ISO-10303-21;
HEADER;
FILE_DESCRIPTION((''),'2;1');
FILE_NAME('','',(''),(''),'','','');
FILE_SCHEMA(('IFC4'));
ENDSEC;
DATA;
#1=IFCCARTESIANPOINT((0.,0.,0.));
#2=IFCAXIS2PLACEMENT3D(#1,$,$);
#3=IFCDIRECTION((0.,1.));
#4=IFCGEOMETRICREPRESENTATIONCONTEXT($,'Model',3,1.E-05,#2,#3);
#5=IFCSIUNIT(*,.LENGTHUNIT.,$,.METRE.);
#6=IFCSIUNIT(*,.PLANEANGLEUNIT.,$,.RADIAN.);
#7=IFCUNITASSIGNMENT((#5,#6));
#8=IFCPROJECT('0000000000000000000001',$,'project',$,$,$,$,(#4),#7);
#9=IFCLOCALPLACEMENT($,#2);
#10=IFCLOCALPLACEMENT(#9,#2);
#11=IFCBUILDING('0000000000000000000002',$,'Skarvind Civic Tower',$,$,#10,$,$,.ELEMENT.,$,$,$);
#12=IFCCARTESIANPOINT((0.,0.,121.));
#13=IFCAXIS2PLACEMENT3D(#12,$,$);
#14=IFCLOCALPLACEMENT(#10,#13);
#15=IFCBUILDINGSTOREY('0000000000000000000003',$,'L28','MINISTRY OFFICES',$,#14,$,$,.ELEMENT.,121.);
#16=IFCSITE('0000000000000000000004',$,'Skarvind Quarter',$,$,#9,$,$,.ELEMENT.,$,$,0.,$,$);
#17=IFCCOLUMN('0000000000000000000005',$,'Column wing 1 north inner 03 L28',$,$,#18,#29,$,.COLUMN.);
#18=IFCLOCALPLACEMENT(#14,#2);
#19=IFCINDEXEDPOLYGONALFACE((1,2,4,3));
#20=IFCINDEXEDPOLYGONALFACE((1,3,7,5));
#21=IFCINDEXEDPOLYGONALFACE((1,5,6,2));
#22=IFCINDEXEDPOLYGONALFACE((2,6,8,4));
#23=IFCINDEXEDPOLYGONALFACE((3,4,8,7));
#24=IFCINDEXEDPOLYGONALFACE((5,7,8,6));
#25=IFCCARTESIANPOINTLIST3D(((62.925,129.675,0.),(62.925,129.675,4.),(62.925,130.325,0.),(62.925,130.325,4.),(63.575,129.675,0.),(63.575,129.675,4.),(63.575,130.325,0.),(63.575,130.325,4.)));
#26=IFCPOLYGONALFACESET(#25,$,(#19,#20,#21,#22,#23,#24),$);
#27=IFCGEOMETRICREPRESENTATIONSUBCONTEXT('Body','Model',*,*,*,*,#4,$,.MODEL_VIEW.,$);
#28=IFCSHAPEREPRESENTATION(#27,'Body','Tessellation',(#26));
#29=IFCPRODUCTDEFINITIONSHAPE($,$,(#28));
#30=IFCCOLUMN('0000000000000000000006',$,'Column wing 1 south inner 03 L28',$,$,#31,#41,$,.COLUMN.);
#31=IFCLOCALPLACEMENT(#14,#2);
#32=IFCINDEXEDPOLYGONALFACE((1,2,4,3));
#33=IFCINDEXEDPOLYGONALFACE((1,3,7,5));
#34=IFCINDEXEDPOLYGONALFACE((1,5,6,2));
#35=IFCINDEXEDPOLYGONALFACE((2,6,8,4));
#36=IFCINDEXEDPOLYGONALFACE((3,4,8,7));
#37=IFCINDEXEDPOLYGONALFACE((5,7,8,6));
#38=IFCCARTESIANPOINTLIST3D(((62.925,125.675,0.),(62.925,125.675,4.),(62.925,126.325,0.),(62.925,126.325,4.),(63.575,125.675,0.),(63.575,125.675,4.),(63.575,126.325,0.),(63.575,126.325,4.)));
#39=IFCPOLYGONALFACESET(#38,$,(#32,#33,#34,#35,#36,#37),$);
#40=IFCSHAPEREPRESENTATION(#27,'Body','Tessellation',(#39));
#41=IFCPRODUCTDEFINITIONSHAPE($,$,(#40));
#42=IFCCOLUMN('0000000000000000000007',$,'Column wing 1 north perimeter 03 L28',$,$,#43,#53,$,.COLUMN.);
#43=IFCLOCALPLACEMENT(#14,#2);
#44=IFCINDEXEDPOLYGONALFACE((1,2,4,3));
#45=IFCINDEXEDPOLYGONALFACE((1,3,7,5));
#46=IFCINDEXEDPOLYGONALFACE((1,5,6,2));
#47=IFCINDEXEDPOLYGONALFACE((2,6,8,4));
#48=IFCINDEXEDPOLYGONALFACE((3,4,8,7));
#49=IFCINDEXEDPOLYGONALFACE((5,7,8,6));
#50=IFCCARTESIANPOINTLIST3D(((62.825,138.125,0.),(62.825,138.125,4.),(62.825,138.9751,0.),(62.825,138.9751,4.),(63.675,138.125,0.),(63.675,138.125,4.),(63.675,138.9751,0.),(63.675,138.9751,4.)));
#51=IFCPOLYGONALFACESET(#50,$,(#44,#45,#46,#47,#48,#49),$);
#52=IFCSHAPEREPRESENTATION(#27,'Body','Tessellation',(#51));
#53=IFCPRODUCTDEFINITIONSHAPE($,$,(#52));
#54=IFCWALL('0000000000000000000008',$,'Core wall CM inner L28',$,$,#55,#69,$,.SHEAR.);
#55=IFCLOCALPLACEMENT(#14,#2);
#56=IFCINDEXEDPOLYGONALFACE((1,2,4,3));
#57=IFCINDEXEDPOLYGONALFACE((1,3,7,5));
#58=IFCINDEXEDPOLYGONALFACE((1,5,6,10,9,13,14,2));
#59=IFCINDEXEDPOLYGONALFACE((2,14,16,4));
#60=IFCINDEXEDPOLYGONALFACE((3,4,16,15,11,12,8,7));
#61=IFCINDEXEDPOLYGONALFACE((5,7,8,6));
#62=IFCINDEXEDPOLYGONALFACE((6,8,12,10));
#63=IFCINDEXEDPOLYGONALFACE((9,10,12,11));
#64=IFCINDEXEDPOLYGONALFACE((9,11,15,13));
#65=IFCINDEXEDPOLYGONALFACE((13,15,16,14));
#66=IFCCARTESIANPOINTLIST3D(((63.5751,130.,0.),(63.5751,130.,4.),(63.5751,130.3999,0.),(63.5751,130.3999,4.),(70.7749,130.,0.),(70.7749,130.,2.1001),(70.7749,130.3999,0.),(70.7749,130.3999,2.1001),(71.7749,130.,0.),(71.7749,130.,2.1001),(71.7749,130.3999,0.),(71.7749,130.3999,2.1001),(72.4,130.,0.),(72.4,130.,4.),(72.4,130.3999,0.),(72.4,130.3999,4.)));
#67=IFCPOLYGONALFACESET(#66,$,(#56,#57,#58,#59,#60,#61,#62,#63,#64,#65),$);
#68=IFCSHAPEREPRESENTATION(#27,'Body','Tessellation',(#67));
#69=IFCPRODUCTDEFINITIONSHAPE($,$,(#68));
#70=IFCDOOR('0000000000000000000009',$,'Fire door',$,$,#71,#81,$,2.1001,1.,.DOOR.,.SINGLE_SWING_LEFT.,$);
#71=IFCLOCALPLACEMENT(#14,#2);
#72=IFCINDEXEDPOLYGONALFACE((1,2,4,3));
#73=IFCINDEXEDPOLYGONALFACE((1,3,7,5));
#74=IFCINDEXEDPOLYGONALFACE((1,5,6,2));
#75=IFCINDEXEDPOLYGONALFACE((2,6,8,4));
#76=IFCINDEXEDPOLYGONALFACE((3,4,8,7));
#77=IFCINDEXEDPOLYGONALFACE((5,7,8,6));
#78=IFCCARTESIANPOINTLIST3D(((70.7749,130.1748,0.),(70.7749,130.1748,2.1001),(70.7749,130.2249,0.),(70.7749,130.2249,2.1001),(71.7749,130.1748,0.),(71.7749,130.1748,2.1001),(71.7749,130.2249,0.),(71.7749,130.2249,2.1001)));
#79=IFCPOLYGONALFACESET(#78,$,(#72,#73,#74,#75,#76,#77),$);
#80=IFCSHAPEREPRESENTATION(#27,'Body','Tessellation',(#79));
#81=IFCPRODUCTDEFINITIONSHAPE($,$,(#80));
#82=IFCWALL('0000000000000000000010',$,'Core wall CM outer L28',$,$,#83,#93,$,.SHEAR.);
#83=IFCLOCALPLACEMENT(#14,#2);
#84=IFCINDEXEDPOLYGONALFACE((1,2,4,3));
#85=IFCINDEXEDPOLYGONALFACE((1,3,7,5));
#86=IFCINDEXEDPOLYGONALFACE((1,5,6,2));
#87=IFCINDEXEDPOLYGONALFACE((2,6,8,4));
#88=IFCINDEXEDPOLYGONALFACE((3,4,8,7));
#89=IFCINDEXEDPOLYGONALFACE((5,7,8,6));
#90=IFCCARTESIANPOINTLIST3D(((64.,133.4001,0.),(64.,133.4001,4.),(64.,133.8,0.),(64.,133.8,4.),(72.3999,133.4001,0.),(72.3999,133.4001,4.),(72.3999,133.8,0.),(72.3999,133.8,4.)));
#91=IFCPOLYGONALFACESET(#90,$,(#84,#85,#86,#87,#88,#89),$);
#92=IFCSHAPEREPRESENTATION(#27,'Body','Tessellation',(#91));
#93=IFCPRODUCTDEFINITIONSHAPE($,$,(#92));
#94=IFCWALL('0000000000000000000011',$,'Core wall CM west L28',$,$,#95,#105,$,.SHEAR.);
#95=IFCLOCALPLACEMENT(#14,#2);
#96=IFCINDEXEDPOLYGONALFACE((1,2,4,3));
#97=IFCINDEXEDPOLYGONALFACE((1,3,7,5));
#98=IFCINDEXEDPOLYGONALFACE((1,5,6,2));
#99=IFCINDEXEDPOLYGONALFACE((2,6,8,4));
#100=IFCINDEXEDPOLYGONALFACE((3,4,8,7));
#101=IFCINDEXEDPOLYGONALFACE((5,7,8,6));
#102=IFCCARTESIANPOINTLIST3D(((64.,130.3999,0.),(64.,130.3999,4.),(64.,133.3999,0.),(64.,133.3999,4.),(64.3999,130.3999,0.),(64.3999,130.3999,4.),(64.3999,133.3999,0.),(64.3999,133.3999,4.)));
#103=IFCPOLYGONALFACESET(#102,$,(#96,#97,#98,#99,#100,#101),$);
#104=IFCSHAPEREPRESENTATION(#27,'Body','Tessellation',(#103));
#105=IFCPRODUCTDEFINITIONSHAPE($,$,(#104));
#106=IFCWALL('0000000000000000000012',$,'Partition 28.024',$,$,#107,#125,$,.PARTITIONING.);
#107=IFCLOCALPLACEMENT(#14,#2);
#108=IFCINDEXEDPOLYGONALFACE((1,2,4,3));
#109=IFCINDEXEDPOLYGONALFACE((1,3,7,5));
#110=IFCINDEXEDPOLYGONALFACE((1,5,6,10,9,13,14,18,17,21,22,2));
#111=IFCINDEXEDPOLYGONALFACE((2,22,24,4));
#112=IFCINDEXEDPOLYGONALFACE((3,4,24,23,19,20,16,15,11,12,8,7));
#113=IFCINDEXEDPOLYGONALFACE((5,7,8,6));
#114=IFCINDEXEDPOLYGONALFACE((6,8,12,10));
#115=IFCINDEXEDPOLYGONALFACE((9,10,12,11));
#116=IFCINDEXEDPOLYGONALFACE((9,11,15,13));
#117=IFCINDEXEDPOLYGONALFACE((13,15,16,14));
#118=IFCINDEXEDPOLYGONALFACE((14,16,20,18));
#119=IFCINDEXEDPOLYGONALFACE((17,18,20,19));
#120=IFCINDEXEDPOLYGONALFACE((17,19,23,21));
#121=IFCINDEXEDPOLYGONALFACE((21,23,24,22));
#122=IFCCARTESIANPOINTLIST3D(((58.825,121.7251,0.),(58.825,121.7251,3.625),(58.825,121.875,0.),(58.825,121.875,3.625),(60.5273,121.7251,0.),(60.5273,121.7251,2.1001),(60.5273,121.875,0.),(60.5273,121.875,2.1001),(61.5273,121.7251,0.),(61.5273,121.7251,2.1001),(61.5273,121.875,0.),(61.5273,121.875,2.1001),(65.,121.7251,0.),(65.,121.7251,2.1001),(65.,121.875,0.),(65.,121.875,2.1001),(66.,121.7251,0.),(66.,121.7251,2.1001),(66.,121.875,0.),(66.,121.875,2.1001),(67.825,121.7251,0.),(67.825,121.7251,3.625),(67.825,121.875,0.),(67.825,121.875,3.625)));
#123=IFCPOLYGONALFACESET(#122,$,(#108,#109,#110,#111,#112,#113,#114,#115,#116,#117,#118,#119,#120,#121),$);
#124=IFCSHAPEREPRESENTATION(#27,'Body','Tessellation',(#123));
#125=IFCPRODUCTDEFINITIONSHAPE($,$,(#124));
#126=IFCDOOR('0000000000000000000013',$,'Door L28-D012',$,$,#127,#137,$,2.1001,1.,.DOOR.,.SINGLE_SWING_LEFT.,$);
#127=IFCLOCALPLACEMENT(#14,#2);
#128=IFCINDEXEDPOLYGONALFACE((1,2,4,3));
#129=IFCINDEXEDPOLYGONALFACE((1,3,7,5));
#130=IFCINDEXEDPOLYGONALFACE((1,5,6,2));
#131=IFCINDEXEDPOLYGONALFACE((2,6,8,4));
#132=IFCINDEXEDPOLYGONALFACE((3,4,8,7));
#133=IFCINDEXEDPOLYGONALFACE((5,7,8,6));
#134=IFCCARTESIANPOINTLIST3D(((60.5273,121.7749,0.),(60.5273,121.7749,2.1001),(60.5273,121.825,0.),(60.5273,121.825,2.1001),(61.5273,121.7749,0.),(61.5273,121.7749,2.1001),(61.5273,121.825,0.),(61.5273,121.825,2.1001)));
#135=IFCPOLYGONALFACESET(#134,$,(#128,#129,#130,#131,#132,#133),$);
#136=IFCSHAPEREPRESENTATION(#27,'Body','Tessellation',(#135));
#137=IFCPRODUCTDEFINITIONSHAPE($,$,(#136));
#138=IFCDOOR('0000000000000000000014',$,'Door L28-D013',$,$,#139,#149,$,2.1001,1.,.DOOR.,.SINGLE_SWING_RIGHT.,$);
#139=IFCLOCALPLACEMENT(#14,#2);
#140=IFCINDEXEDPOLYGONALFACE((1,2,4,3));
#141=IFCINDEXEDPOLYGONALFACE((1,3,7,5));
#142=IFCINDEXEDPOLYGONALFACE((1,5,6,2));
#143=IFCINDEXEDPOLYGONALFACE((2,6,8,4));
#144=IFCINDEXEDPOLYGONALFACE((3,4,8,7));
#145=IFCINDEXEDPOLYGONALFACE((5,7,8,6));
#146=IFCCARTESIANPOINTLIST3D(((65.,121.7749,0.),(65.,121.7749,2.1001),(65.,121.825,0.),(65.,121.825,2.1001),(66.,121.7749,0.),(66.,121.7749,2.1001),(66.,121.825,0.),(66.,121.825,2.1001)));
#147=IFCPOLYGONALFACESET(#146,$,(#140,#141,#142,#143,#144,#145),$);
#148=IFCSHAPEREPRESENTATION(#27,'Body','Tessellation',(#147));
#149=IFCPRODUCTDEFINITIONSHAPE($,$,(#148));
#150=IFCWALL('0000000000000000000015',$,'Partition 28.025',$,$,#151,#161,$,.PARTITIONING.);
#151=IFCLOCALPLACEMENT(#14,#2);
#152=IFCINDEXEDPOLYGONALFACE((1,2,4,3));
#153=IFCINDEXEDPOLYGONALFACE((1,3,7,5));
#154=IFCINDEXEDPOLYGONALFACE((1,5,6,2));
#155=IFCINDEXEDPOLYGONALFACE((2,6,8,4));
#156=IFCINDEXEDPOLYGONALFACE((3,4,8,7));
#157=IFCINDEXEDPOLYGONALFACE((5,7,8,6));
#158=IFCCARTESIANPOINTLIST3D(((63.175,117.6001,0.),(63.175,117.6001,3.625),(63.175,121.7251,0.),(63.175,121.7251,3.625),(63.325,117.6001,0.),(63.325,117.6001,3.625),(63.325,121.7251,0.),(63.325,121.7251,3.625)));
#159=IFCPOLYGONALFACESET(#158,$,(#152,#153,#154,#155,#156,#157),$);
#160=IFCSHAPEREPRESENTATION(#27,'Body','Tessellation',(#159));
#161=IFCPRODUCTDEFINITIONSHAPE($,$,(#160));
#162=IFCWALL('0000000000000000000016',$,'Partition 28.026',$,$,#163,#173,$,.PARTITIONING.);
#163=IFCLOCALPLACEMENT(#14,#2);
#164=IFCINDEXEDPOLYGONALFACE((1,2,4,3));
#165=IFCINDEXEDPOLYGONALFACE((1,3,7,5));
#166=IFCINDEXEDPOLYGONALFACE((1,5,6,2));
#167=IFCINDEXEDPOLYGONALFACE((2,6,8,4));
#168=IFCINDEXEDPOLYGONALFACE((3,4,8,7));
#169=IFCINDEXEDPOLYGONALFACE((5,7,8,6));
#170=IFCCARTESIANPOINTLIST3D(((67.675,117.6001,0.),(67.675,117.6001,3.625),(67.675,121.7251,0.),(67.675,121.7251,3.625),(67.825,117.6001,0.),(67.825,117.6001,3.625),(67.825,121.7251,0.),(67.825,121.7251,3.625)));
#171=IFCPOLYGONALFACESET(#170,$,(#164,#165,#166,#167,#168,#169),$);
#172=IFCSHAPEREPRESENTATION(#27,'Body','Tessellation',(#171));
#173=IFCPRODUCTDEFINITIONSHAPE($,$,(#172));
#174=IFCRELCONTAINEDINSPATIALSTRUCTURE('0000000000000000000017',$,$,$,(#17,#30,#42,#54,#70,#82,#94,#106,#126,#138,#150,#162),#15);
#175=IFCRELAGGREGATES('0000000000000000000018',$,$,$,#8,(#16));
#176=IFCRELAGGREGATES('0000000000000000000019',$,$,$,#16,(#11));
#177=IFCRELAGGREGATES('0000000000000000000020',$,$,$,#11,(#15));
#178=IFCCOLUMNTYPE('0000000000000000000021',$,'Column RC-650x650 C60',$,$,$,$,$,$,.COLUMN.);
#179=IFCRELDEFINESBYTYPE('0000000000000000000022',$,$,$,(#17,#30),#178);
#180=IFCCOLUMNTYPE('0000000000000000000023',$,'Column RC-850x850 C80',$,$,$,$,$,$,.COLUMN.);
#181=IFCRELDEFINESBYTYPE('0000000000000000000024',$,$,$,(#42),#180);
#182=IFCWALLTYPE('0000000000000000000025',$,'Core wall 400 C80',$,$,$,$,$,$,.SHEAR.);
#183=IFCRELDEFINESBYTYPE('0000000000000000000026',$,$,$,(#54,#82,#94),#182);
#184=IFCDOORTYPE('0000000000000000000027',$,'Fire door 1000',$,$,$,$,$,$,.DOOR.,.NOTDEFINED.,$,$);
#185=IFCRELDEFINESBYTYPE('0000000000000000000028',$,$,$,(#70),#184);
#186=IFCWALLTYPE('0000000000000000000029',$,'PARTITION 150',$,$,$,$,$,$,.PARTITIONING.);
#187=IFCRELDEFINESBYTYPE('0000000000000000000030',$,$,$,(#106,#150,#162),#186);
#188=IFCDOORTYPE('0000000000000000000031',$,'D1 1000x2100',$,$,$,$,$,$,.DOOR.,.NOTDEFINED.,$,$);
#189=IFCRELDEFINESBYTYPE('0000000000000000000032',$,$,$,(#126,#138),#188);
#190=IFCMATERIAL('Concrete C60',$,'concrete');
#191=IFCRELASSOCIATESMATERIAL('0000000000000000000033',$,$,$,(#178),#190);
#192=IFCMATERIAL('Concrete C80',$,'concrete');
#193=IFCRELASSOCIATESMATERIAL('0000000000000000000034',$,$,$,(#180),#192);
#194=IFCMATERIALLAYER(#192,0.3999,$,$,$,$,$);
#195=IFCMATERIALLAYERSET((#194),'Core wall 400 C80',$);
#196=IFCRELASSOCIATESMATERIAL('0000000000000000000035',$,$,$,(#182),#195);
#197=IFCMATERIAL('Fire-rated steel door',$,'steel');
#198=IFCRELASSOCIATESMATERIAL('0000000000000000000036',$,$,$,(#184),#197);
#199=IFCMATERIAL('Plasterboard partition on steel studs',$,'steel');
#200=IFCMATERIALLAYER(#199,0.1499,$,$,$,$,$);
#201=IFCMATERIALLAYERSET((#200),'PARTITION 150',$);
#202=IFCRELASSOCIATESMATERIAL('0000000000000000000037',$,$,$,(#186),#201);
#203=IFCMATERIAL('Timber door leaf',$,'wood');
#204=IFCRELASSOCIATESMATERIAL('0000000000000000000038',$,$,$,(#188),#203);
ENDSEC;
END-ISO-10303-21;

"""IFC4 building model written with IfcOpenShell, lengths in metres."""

from ifc_helpers import new_model, si_unit, direction, frame, frame_2d, origin, origin_2d, place, context, subcontext, project, spatial, rectangle, extrude, material, layer, layer_set, material_profile, profile_set, type_object, element, fill, save


model = new_model("IFC4")

# Units and contexts
model_context = context("Model", 3, precision=1e-05, world=origin(), true_north=direction((0.0, 1.0)))
body_context = subcontext(model_context, "Body", "Model", "MODEL_VIEW")
ifc_project = project(units=[si_unit("LENGTHUNIT", "METRE"), si_unit("PLANEANGLEUNIT", "RADIAN")], contexts=[model_context])

# Site, building, storey
site_placement = place(None, origin())
site = spatial("IfcSite", under=ifc_project, at=site_placement, Name="Skarvind Quarter", CompositionType="ELEMENT", RefElevation=0.0)
building_placement = place(site_placement, origin())
building = spatial("IfcBuilding", under=site, at=building_placement, Name="Skarvind Civic Tower", CompositionType="ELEMENT")
storey_placement = place(building_placement, frame((0.0, 0.0, 121.0)))
storey = spatial("IfcBuildingStorey", under=building, at=storey_placement, Name="L28", Description="MINISTRY OFFICES", CompositionType="ELEMENT", Elevation=121.0)

# Columns
ifc_material_1 = material(Name="Concrete C60", Category="concrete")
ifc_material_profile_1 = material_profile(ifc_material_1, rectangle(XDim=0.6499, YDim=0.6499, at=origin_2d()), Name="RC-650x650")
ifc_profile_set_1 = profile_set([ifc_material_profile_1], Name="Concrete C60")
column_type_1 = type_object("IfcColumnType", Name="Column RC-650x650 C60", PredefinedType="COLUMN", material=ifc_profile_set_1)
for number, where, z_axis, x_axis, name in (
    (1, (63.25, 130.0, 0.0), (0.0, 0.0, 1.0), (1.0, 0.0, 0.0), "Column wing 1 north inner 03 L28"),
    (2, (63.25, 126.0, 0.0), (0.0, 0.0, 1.0), (1.0, 0.0, 0.0), "Column wing 1 south inner 03 L28"),
):
    element("IfcColumn", number, at=place(storey_placement, frame(where, z_axis=z_axis, x_axis=x_axis)), inside=storey, type_object=column_type_1, Name=name, PredefinedType="COLUMN", context=body_context, shape_type="SweptSolid", body=[
        extrude(rectangle(XDim=0.6499, YDim=0.6499, at=origin_2d()), origin(), (0.0, 0.0, 1.0), 4.0),
    ])
ifc_material_2 = material(Name="Concrete C80", Category="concrete")
ifc_material_profile_2 = material_profile(ifc_material_2, rectangle(XDim=0.8501, YDim=0.8501, at=origin_2d()), Name="RC-850x850")
ifc_profile_set_2 = profile_set([ifc_material_profile_2], Name="Concrete C80")
column_type_2 = type_object("IfcColumnType", Name="Column RC-850x850 C80", PredefinedType="COLUMN", material=ifc_profile_set_2)
column_placement = place(storey_placement, frame((63.25, 138.55, 0.0), z_axis=(0.0, 0.0, 1.0), x_axis=(1.0, 0.0, 0.0)))
element("IfcColumn", 3, at=column_placement, inside=storey, type_object=column_type_2, Name="Column wing 1 north perimeter 03 L28", PredefinedType="COLUMN", context=body_context, shape_type="SweptSolid", body=[
    extrude(rectangle(XDim=0.8501, YDim=0.8501, at=origin_2d()), origin(), (0.0, 0.0, 1.0), 4.0),
])

# Wall, opening, door
ifc_layer_1 = layer(ifc_material_2, 0.3999)
ifc_layer_set_1 = layer_set([ifc_layer_1], Name="Core wall 400 C80")
wall_type_1 = type_object("IfcWallType", Name="Core wall 400 C80", PredefinedType="SHEAR", material=ifc_layer_set_1)
wall_1_placement = place(storey_placement, frame((63.575, 130.2, 0.0), z_axis=(0.0, 0.0, 1.0), x_axis=(1.0, 0.0, 0.0)))
wall_1 = element("IfcWall", 4, at=wall_1_placement, inside=storey, type_object=wall_type_1, Name="Core wall CM inner L28", PredefinedType="SHEAR", context=body_context, shape_type="SweptSolid", body=[
    extrude(rectangle(XDim=8.825, YDim=0.3999, at=frame_2d((4.4126, 0.0))), origin(), (0.0, 0.0, 1.0), 4.0),
])
opening_1_placement = place(wall_1_placement, frame((7.2, 0.0, 0.0)))
opening_1 = element("IfcOpeningElement", 5, at=opening_1_placement, cuts=wall_1, PredefinedType="OPENING", context=body_context, shape_type="SweptSolid", body=[
    extrude(rectangle(XDim=1.0, YDim=2.1001, at=frame_2d((0.5, 1.05))), frame((0.0, 0.21, 0.0), z_axis=(0.0, -1.0, 0.0), x_axis=(1.0, 0.0, 0.0)), (0.0, 0.0, 1.0), 0.4199),
])
ifc_material_3 = material(Name="Fire-rated steel door", Category="steel")
door_type_1 = type_object("IfcDoorType", Name="Fire door 1000", OperationType="NOTDEFINED", PredefinedType="DOOR", material=ifc_material_3)
door_1_placement = place(opening_1_placement, origin())
door_1 = element("IfcDoor", 6, at=door_1_placement, inside=storey, type_object=door_type_1, Name="Fire door", OperationType="SINGLE_SWING_LEFT", OverallHeight=2.1001, OverallWidth=1.0, PredefinedType="DOOR", context=body_context, shape_type="SweptSolid", body=[
    extrude(rectangle(XDim=1.0, YDim=2.1001, at=frame_2d((0.5, 1.05))), frame((0.0, 0.0249, 0.0), z_axis=(0.0, -1.0, 0.0), x_axis=(1.0, 0.0, 0.0)), (0.0, 0.0, 1.0), 0.05),
])
fill(opening_1, door_1)

# Walls
wall_2_placement = place(storey_placement, frame((64.0, 133.6001, 0.0), z_axis=(0.0, 0.0, 1.0), x_axis=(1.0, 0.0, 0.0)))
element("IfcWall", 7, at=wall_2_placement, inside=storey, type_object=wall_type_1, Name="Core wall CM outer L28", PredefinedType="SHEAR", context=body_context, shape_type="SweptSolid", body=[
    extrude(rectangle(XDim=8.3999, YDim=0.3999, at=frame_2d((4.2, 0.0))), origin(), (0.0, 0.0, 1.0), 4.0),
])
wall_3_placement = place(storey_placement, frame((64.2, 130.3999, 0.0), z_axis=(0.0, 0.0, 1.0), x_axis=(0.0, 1.0, 0.0)))
element("IfcWall", 8, at=wall_3_placement, inside=storey, type_object=wall_type_1, Name="Core wall CM west L28", PredefinedType="SHEAR", context=body_context, shape_type="SweptSolid", body=[
    extrude(rectangle(XDim=3.0, YDim=0.3999, at=frame_2d((1.5, 0.0))), origin(), (0.0, 0.0, 1.0), 4.0),
])

# Wall, openings, doors
ifc_material_4 = material(Name="Plasterboard partition on steel studs", Category="steel")
ifc_layer_2 = layer(ifc_material_4, 0.1499)
ifc_layer_set_2 = layer_set([ifc_layer_2], Name="PARTITION 150")
wall_type_2 = type_object("IfcWallType", Name="PARTITION 150", PredefinedType="PARTITIONING", material=ifc_layer_set_2)
wall_4_placement = place(storey_placement, frame((58.825, 121.8, 0.0), z_axis=(0.0, 0.0, 1.0), x_axis=(1.0, 0.0, 0.0)))
wall_4 = element("IfcWall", 9, at=wall_4_placement, inside=storey, type_object=wall_type_2, Name="Partition 28.024", PredefinedType="PARTITIONING", context=body_context, shape_type="SweptSolid", body=[
    extrude(rectangle(XDim=9.0, YDim=0.1499, at=frame_2d((4.5, 0.0))), origin(), (0.0, 0.0, 1.0), 3.625),
])
opening_2_placement = place(wall_4_placement, frame((1.7024, 0.0, 0.0)))
opening_2 = element("IfcOpeningElement", 10, at=opening_2_placement, cuts=wall_4, PredefinedType="OPENING", context=body_context, shape_type="SweptSolid", body=[
    extrude(rectangle(XDim=1.0, YDim=2.1001, at=frame_2d((0.5, 1.05))), frame((0.0, 0.085, 0.0), z_axis=(0.0, -1.0, 0.0), x_axis=(1.0, 0.0, 0.0)), (0.0, 0.0, 1.0), 0.1699),
])
opening_3_placement = place(wall_4_placement, frame((6.175, 0.0, 0.0)))
opening_3 = element("IfcOpeningElement", 11, at=opening_3_placement, cuts=wall_4, PredefinedType="OPENING", context=body_context, shape_type="SweptSolid", body=[
    extrude(rectangle(XDim=1.0, YDim=2.1001, at=frame_2d((0.5, 1.05))), frame((0.0, 0.085, 0.0), z_axis=(0.0, -1.0, 0.0), x_axis=(1.0, 0.0, 0.0)), (0.0, 0.0, 1.0), 0.1699),
])
ifc_material_5 = material(Name="Timber door leaf", Category="wood")
door_type_2 = type_object("IfcDoorType", Name="D1 1000x2100", OperationType="NOTDEFINED", PredefinedType="DOOR", material=ifc_material_5)
door_2_placement = place(opening_2_placement, origin())
door_2 = element("IfcDoor", 12, at=door_2_placement, inside=storey, type_object=door_type_2, Name="Door L28-D012", OperationType="SINGLE_SWING_LEFT", OverallHeight=2.1001, OverallWidth=1.0, PredefinedType="DOOR", context=body_context, shape_type="SweptSolid", body=[
    extrude(rectangle(XDim=1.0, YDim=2.1001, at=frame_2d((0.5, 1.05))), frame((0.0, 0.0249, 0.0), z_axis=(0.0, -1.0, 0.0), x_axis=(1.0, 0.0, 0.0)), (0.0, 0.0, 1.0), 0.05),
])
fill(opening_2, door_2)
door_3_placement = place(opening_3_placement, origin())
door_3 = element("IfcDoor", 13, at=door_3_placement, inside=storey, type_object=door_type_2, Name="Door L28-D013", OperationType="SINGLE_SWING_RIGHT", OverallHeight=2.1001, OverallWidth=1.0, PredefinedType="DOOR", context=body_context, shape_type="SweptSolid", body=[
    extrude(rectangle(XDim=1.0, YDim=2.1001, at=frame_2d((0.5, 1.05))), frame((0.0, 0.0249, 0.0), z_axis=(0.0, -1.0, 0.0), x_axis=(1.0, 0.0, 0.0)), (0.0, 0.0, 1.0), 0.05),
])
fill(opening_3, door_3)

# Walls
for number, where, z_axis, x_axis, name in (
    (14, (63.25, 121.7251, 0.0), (0.0, 0.0, 1.0), (0.0, -1.0, 0.0), "Partition 28.025"),
    (15, (67.75, 117.6001, 0.0), (0.0, 0.0, 1.0), (0.0, 1.0, 0.0), "Partition 28.026"),
):
    element("IfcWall", number, at=place(storey_placement, frame(where, z_axis=z_axis, x_axis=x_axis)), inside=storey, type_object=wall_type_2, Name=name, PredefinedType="PARTITIONING", context=body_context, shape_type="SweptSolid", body=[
        extrude(rectangle(XDim=4.125, YDim=0.1499, at=frame_2d((2.0625, 0.0))), origin(), (0.0, 0.0, 1.0), 3.625),
    ])

save(model, "model.ifc")
